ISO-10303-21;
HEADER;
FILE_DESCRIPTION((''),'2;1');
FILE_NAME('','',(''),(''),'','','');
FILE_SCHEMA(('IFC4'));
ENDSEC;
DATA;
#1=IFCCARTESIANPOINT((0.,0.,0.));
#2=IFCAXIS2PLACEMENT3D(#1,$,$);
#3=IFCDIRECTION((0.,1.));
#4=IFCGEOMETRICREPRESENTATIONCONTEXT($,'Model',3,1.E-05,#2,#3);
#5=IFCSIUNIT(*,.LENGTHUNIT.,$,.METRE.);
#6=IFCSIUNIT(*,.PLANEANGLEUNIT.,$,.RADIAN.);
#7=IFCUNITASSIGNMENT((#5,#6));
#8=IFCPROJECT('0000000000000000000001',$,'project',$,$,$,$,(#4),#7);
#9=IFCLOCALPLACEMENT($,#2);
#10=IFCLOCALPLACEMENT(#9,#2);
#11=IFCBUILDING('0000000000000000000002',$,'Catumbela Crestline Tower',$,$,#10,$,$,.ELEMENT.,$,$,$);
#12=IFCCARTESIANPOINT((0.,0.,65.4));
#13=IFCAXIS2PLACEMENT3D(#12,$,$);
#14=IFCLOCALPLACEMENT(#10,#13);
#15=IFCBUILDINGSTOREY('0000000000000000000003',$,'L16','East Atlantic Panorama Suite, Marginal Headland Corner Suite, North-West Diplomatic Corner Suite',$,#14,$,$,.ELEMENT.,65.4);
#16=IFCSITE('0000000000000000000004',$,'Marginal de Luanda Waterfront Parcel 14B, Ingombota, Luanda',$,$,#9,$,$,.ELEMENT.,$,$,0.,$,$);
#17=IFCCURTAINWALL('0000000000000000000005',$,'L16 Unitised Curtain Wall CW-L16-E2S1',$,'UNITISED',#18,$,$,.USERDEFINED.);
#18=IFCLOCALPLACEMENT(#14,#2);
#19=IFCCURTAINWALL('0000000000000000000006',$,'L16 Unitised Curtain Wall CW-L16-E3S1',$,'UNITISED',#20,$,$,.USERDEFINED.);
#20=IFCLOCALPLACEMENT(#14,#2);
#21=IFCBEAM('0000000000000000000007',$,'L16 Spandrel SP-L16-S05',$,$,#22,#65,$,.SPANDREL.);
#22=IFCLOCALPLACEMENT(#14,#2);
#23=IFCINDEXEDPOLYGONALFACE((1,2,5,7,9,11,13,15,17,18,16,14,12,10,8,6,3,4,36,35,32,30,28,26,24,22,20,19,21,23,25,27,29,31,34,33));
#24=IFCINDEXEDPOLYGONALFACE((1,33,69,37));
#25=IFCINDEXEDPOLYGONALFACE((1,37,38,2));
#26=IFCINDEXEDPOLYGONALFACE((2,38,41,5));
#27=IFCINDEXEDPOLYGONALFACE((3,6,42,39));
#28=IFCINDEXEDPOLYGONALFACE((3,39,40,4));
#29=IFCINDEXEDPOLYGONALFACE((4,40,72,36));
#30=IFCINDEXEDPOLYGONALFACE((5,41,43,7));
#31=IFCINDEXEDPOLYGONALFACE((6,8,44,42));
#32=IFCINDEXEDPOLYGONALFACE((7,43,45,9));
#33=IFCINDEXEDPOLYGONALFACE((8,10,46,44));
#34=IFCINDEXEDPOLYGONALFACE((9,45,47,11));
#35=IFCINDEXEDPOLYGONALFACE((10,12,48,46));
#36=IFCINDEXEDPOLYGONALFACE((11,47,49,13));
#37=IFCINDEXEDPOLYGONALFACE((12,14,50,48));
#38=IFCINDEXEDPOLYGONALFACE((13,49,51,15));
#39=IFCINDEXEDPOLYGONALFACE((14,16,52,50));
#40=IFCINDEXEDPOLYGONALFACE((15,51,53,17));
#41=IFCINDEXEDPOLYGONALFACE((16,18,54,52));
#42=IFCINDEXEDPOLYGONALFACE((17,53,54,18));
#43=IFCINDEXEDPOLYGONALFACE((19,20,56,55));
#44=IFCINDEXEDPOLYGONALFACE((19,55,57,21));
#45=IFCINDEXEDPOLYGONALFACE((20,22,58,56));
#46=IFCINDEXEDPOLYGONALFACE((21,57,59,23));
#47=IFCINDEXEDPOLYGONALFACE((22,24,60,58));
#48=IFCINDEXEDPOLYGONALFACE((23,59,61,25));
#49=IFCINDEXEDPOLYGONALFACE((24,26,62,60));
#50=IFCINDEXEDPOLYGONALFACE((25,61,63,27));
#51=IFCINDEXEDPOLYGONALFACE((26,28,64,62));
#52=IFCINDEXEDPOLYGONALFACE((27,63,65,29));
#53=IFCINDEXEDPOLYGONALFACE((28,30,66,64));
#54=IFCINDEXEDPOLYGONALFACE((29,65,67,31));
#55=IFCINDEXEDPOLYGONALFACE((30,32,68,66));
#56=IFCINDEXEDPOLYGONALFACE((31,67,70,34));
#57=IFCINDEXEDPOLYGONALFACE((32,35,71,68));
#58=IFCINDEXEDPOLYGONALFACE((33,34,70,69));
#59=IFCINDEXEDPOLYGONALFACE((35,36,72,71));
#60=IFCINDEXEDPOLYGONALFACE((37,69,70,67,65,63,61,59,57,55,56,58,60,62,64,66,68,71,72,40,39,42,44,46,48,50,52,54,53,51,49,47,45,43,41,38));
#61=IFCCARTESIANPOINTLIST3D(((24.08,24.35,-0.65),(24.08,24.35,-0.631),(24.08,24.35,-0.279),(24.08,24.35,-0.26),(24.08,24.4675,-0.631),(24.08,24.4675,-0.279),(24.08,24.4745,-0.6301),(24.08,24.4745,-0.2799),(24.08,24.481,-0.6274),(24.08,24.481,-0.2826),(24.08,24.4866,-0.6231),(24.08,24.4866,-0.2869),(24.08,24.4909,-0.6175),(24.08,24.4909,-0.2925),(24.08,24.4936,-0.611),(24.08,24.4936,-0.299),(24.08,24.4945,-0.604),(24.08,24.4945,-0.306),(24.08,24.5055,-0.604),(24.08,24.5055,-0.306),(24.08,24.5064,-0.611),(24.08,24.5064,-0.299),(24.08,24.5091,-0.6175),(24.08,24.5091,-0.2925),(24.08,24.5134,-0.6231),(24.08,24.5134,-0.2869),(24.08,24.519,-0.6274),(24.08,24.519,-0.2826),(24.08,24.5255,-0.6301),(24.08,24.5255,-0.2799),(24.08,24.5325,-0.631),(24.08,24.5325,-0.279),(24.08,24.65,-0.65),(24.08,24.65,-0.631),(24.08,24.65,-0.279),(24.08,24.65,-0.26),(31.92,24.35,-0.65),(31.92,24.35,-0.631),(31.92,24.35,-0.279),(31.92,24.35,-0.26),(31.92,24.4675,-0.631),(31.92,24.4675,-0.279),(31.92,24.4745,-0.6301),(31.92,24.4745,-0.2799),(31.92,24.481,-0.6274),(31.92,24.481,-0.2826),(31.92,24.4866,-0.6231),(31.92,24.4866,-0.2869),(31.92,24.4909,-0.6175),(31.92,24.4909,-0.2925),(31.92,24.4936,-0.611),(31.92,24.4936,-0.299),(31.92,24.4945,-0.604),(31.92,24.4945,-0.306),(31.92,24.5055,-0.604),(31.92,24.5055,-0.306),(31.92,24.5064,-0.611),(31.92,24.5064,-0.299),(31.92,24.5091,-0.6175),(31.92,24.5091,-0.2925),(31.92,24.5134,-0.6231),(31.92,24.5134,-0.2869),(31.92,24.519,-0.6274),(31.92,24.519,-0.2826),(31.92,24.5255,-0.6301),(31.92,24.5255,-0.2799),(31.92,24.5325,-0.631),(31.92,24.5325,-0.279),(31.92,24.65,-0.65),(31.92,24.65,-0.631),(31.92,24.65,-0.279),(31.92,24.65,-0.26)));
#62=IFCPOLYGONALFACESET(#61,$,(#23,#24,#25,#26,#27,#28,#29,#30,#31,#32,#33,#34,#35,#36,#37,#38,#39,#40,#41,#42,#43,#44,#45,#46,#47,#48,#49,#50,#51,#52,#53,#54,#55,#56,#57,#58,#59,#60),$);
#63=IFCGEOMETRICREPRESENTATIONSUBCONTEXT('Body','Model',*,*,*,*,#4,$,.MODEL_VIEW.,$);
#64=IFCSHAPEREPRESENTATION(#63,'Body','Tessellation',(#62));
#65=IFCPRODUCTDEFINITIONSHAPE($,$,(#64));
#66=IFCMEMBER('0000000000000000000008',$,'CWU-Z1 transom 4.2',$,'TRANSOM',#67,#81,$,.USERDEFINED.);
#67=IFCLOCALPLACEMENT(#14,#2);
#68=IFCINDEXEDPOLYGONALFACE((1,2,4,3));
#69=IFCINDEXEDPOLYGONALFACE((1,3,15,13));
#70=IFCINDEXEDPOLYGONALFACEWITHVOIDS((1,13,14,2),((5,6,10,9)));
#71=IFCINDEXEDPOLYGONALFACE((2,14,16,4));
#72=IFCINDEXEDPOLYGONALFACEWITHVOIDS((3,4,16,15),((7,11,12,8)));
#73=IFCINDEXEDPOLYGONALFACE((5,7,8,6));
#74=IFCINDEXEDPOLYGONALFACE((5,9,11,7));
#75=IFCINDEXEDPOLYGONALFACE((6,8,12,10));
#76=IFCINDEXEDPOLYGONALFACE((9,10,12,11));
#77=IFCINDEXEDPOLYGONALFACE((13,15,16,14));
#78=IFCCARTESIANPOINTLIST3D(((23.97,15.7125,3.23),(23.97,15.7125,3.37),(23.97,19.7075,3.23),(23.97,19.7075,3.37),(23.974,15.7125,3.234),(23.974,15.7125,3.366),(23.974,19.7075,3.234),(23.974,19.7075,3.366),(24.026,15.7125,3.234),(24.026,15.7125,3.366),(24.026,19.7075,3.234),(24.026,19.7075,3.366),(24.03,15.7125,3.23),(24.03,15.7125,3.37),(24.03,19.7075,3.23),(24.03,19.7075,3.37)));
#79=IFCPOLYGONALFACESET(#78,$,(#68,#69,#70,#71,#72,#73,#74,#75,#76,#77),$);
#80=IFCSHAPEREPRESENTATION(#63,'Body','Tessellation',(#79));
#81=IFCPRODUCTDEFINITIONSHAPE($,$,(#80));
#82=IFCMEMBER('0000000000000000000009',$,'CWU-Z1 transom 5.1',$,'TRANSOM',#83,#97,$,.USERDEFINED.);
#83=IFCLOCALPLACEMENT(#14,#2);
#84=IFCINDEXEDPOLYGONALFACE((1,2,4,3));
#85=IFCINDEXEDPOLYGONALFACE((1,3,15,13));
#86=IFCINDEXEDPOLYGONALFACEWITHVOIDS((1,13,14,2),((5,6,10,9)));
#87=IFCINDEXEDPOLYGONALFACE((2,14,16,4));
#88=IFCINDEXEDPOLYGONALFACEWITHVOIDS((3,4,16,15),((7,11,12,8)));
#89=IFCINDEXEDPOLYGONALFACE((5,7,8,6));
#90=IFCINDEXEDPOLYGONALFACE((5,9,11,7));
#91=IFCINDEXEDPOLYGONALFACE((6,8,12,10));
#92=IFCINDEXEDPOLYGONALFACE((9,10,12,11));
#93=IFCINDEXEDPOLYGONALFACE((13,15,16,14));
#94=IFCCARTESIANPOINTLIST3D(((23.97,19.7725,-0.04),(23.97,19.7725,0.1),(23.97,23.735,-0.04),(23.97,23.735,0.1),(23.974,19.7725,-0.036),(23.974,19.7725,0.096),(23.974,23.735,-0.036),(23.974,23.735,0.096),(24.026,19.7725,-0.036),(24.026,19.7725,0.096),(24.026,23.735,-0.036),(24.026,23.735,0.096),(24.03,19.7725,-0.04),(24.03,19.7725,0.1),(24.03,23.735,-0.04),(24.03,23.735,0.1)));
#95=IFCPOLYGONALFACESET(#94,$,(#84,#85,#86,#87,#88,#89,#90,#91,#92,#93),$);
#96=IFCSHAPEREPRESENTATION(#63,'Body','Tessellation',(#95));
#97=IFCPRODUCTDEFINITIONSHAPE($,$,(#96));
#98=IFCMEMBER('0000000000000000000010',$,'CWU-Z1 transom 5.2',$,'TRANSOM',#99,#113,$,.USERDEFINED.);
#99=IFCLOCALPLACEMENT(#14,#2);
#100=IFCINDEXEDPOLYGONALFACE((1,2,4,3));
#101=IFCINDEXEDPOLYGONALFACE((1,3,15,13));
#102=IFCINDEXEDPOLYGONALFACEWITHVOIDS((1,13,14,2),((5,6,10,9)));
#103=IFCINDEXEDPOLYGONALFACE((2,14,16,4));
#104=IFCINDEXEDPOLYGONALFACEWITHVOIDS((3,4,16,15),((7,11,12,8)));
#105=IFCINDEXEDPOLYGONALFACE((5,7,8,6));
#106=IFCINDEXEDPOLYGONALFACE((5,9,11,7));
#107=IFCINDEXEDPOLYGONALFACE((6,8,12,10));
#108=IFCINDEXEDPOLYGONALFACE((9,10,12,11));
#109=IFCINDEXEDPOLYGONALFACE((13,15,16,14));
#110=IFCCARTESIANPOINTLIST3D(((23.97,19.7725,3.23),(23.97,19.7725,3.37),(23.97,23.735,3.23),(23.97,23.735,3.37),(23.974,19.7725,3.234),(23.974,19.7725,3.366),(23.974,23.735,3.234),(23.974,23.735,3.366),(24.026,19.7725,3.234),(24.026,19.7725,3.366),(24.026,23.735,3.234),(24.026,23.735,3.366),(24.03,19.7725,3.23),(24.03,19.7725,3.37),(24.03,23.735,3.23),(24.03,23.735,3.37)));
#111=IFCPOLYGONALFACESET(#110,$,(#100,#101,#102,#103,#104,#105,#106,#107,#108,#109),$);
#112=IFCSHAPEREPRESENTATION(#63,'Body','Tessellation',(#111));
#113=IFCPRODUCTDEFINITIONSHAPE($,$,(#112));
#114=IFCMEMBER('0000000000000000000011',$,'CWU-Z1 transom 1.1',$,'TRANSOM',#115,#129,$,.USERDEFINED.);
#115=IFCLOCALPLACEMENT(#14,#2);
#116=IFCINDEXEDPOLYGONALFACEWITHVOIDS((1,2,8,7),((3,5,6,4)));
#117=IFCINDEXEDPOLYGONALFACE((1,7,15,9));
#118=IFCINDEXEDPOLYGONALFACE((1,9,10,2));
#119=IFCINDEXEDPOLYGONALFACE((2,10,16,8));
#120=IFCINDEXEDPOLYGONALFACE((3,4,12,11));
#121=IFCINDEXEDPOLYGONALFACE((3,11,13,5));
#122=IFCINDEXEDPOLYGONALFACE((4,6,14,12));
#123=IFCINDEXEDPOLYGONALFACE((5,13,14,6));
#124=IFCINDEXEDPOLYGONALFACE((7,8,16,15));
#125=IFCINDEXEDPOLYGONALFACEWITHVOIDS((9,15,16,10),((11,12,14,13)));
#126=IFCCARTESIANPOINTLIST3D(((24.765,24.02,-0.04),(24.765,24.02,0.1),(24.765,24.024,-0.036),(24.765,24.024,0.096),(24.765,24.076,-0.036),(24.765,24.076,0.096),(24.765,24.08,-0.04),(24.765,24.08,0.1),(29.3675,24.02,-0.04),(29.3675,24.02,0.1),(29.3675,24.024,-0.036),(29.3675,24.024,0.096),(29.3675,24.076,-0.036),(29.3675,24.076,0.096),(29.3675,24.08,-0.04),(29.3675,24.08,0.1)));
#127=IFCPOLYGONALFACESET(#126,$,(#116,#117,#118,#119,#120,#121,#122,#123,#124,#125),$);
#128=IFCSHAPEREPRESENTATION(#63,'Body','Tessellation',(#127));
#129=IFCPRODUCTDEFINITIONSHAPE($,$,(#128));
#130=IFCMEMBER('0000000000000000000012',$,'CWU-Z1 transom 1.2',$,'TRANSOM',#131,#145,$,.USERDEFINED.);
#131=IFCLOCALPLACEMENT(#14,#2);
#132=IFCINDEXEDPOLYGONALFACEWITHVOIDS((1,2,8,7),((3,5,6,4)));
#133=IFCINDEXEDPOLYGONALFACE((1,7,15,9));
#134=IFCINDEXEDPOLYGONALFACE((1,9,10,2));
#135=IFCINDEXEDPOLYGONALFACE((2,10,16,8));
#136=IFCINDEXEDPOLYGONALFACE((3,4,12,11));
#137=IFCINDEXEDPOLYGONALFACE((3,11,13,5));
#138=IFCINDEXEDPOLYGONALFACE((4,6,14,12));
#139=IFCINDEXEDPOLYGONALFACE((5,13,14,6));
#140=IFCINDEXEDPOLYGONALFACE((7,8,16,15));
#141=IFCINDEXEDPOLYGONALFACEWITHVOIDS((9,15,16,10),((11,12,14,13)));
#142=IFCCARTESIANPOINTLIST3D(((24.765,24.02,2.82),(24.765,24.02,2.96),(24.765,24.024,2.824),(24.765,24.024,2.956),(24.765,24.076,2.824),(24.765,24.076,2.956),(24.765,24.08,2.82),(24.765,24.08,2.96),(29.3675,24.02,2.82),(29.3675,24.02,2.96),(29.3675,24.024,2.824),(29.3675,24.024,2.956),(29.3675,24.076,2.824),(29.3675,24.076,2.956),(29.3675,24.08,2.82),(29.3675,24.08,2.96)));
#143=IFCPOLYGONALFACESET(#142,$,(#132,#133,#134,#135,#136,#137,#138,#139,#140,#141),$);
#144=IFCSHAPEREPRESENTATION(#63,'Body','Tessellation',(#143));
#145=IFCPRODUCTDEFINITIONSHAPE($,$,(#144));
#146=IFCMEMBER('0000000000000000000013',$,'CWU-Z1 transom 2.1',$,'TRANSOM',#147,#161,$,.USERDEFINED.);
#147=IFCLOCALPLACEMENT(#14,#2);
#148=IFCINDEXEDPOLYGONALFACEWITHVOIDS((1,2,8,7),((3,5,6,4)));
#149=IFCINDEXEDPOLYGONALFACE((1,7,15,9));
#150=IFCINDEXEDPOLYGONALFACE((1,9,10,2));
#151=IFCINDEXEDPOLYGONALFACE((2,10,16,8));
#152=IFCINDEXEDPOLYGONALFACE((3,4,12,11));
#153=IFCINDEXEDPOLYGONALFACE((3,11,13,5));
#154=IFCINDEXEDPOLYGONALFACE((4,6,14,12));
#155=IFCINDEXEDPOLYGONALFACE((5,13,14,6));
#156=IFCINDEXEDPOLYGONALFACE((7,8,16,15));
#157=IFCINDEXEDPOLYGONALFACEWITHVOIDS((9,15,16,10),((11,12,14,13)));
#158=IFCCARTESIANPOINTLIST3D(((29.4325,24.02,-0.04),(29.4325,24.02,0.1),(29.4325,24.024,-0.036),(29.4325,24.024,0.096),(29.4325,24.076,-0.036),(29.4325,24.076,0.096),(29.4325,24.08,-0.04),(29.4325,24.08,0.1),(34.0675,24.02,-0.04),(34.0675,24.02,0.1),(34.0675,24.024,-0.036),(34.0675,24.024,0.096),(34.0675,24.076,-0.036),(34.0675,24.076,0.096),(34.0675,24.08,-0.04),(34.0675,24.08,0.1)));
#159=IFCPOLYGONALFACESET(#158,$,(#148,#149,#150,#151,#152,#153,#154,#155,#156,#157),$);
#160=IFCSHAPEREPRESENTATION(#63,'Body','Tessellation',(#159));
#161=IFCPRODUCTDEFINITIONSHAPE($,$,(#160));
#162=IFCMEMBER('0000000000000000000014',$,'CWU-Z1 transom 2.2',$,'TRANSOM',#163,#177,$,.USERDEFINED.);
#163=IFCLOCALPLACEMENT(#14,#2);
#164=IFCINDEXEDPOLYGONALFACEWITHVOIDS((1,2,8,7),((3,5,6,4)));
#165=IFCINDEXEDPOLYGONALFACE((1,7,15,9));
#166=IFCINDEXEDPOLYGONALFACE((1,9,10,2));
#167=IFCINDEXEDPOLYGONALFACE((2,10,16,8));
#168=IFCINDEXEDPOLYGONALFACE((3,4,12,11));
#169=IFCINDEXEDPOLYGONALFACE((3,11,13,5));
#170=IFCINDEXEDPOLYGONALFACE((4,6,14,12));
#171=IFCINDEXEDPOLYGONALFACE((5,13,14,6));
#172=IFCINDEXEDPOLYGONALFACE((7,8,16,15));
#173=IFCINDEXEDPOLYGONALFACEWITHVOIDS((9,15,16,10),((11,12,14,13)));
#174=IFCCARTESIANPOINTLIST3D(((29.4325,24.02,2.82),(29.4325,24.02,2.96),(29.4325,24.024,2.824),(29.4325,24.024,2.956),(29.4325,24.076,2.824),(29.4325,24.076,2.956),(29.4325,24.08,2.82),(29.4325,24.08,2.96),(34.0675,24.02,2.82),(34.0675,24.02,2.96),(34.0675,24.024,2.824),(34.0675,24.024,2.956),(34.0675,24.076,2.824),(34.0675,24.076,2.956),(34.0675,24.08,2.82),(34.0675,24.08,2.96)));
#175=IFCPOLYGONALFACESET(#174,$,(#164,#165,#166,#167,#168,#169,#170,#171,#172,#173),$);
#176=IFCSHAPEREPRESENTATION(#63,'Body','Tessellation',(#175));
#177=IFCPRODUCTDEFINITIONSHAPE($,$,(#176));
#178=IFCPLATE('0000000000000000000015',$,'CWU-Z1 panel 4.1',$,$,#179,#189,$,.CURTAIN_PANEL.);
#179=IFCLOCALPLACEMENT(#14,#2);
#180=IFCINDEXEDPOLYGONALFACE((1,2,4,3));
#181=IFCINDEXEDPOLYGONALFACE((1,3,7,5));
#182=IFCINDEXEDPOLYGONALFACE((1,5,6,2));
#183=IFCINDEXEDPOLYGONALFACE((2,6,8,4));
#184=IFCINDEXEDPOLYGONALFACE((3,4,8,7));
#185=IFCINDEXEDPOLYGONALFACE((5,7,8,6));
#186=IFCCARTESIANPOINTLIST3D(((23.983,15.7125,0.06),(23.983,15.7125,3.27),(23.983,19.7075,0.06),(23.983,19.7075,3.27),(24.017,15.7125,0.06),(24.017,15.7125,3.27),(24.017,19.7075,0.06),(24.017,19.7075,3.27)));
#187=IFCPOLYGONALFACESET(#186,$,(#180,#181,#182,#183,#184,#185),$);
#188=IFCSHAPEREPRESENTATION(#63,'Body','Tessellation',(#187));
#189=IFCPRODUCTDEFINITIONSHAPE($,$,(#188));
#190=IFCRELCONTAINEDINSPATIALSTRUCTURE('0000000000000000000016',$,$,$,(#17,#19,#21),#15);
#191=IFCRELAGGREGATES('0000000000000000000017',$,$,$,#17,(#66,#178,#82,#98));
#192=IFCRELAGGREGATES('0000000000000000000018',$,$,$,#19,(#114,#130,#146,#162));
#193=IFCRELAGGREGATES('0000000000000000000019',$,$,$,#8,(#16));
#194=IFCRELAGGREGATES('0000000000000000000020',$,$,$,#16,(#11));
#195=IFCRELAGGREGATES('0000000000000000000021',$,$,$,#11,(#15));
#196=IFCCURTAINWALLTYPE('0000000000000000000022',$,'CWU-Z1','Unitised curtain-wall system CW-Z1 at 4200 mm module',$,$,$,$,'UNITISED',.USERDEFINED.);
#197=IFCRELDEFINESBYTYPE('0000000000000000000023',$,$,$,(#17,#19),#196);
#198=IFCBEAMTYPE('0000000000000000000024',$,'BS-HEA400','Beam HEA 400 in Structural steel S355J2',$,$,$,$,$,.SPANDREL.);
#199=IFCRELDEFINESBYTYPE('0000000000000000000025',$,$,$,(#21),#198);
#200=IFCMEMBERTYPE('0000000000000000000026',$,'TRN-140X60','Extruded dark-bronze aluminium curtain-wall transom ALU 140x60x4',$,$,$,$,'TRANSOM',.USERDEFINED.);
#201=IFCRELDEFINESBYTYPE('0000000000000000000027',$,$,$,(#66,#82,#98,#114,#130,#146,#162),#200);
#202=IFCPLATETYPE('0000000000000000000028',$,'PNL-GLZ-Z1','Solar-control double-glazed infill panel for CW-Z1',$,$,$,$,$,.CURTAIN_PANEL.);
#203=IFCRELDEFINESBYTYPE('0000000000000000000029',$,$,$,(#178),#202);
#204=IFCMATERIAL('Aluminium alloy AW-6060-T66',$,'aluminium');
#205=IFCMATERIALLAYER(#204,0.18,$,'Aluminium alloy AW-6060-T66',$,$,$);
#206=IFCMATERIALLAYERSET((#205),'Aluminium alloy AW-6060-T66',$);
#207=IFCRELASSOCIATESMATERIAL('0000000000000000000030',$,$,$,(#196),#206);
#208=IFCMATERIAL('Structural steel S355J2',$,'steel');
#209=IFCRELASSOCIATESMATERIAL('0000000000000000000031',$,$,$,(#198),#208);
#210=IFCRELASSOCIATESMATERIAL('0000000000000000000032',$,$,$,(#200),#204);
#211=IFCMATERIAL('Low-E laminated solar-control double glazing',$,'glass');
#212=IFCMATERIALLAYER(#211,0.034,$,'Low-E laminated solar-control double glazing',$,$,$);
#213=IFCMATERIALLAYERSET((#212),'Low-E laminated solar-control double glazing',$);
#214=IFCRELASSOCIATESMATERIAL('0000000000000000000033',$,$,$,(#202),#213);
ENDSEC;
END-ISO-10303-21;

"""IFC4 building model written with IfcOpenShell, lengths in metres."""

from ifc_helpers import new_model, si_unit, direction, frame, origin, origin_2d, place, context, subcontext, project, spatial, rectangle, hollow_rectangle, i_section, extrude, material, layer, layer_set, material_profile, profile_set, type_object, element, aggregate, save


model = new_model("IFC4")

# Units and contexts
model_context = context("Model", 3, precision=1e-05, world=origin(), true_north=direction((0.0, 1.0)))
body_context = subcontext(model_context, "Body", "Model", "MODEL_VIEW")
ifc_project = project(units=[si_unit("LENGTHUNIT", "METRE"), si_unit("PLANEANGLEUNIT", "RADIAN")], contexts=[model_context])

# Site, building, storey
site_placement = place(None, origin())
site = spatial("IfcSite", under=ifc_project, at=site_placement, Name="Marginal de Luanda Waterfront Parcel 14B, Ingombota, Luanda", CompositionType="ELEMENT", RefElevation=0.0)
building_placement = place(site_placement, origin())
building = spatial("IfcBuilding", under=site, at=building_placement, Name="Catumbela Crestline Tower", CompositionType="ELEMENT")
storey_placement = place(building_placement, frame((0.0, 0.0, 65.4)))
storey = spatial("IfcBuildingStorey", under=building, at=storey_placement, Name="L16", Description="East Atlantic Panorama Suite, Marginal Headland Corner Suite, North-West Diplomatic Corner Suite", CompositionType="ELEMENT", Elevation=65.4)

# Shared definitions
ifc_material_1 = material(Name="Structural steel S355J2", Category="steel")

# Curtain walls
ifc_material_2 = material(Name="Aluminium alloy AW-6060-T66", Category="aluminium")
ifc_layer_1 = layer(ifc_material_2, 0.18, Name="Aluminium alloy AW-6060-T66")
ifc_layer_set_1 = layer_set([ifc_layer_1], Name="Aluminium alloy AW-6060-T66")
curtain_wall_type = type_object("IfcCurtainWallType", Name="CWU-Z1", Description="Unitised curtain-wall system CW-Z1 at 4200 mm module", ElementType="UNITISED", PredefinedType="USERDEFINED", material=ifc_layer_set_1)
curtain_wall_1_placement = place(storey_placement, origin())
curtain_wall_1 = element("IfcCurtainWall", 1, at=curtain_wall_1_placement, inside=storey, type_object=curtain_wall_type, Name="L16 Unitised Curtain Wall CW-L16-E2S1", ObjectType="UNITISED", PredefinedType="USERDEFINED")
curtain_wall_2_placement = place(storey_placement, origin())
curtain_wall_2 = element("IfcCurtainWall", 2, at=curtain_wall_2_placement, inside=storey, type_object=curtain_wall_type, Name="L16 Unitised Curtain Wall CW-L16-E3S1", ObjectType="UNITISED", PredefinedType="USERDEFINED")

# Beam
ifc_material_profile_1 = material_profile(ifc_material_1, i_section(OverallWidth=0.3, OverallDepth=0.39, WebThickness=0.011, FlangeThickness=0.019, FilletRadius=0.027, at=origin_2d()), Name="HEA 400")
ifc_profile_set_1 = profile_set([ifc_material_profile_1], Name="Structural steel S355J2")
beam_type_1 = type_object("IfcBeamType", Name="BS-HEA400", Description="Beam HEA 400 in Structural steel S355J2", PredefinedType="SPANDREL", material=ifc_profile_set_1)
beam_1_placement = place(storey_placement, frame((24.08, 24.5, -0.455), z_axis=(1.0, 0.0, 0.0), x_axis=(0.0, 1.0, 0.0)))
element("IfcBeam", 3, at=beam_1_placement, inside=storey, type_object=beam_type_1, Name="L16 Spandrel SP-L16-S05", PredefinedType="SPANDREL", context=body_context, shape_type="SweptSolid", body=[
    extrude(i_section(OverallWidth=0.3, OverallDepth=0.39, WebThickness=0.011, FlangeThickness=0.019, FilletRadius=0.027, at=origin_2d()), origin(), (0.0, 0.0, 1.0), 7.84),
])

# Members
ifc_material_profile_2 = material_profile(ifc_material_2, hollow_rectangle(XDim=0.06, YDim=0.14, WallThickness=0.004, at=origin_2d()), Name="ALU 140x60x4")
ifc_profile_set_2 = profile_set([ifc_material_profile_2], Name="Aluminium alloy AW-6060-T66")
member_type_1 = type_object("IfcMemberType", Name="TRN-140X60", Description="Extruded dark-bronze aluminium curtain-wall transom ALU 140x60x4", ElementType="TRANSOM", PredefinedType="USERDEFINED", material=ifc_profile_set_2)
member_1_placement = place(storey_placement, frame((24.0, 15.7125, 3.3), z_axis=(0.0, 1.0, 0.0), x_axis=(-1.0, 0.0, 0.0)))
member_1 = element("IfcMember", 4, at=member_1_placement, type_object=member_type_1, Name="CWU-Z1 transom 4.2", ObjectType="TRANSOM", PredefinedType="USERDEFINED", context=body_context, shape_type="SweptSolid", body=[
    extrude(hollow_rectangle(XDim=0.06, YDim=0.14, WallThickness=0.004, at=origin_2d()), origin(), (0.0, 0.0, 1.0), 3.995),
])
member_2_placement = place(storey_placement, frame((24.0, 19.7725, 0.03), z_axis=(0.0, 1.0, 0.0), x_axis=(-1.0, 0.0, 0.0)))
member_2 = element("IfcMember", 5, at=member_2_placement, type_object=member_type_1, Name="CWU-Z1 transom 5.1", ObjectType="TRANSOM", PredefinedType="USERDEFINED", context=body_context, shape_type="SweptSolid", body=[
    extrude(hollow_rectangle(XDim=0.06, YDim=0.14, WallThickness=0.004, at=origin_2d()), origin(), (0.0, 0.0, 1.0), 3.9625),
])
member_3_placement = place(storey_placement, frame((24.0, 19.7725, 3.3), z_axis=(0.0, 1.0, 0.0), x_axis=(-1.0, 0.0, 0.0)))
member_3 = element("IfcMember", 6, at=member_3_placement, type_object=member_type_1, Name="CWU-Z1 transom 5.2", ObjectType="TRANSOM", PredefinedType="USERDEFINED", context=body_context, shape_type="SweptSolid", body=[
    extrude(hollow_rectangle(XDim=0.06, YDim=0.14, WallThickness=0.004, at=origin_2d()), origin(), (0.0, 0.0, 1.0), 3.9625),
])
member_4_placement = place(storey_placement, frame((24.765, 24.05, 0.03), z_axis=(1.0, 0.0, 0.0), x_axis=(0.0, 1.0, 0.0)))
member_4 = element("IfcMember", 7, at=member_4_placement, type_object=member_type_1, Name="CWU-Z1 transom 1.1", ObjectType="TRANSOM", PredefinedType="USERDEFINED", context=body_context, shape_type="SweptSolid", body=[
    extrude(hollow_rectangle(XDim=0.06, YDim=0.14, WallThickness=0.004, at=origin_2d()), origin(), (0.0, 0.0, 1.0), 4.6025),
])
member_5_placement = place(storey_placement, frame((24.765, 24.05, 2.89), z_axis=(1.0, 0.0, 0.0), x_axis=(0.0, 1.0, 0.0)))
member_5 = element("IfcMember", 8, at=member_5_placement, type_object=member_type_1, Name="CWU-Z1 transom 1.2", ObjectType="TRANSOM", PredefinedType="USERDEFINED", context=body_context, shape_type="SweptSolid", body=[
    extrude(hollow_rectangle(XDim=0.06, YDim=0.14, WallThickness=0.004, at=origin_2d()), origin(), (0.0, 0.0, 1.0), 4.6025),
])
member_6_placement = place(storey_placement, frame((29.4325, 24.05, 0.03), z_axis=(1.0, 0.0, 0.0), x_axis=(0.0, 1.0, 0.0)))
member_6 = element("IfcMember", 9, at=member_6_placement, type_object=member_type_1, Name="CWU-Z1 transom 2.1", ObjectType="TRANSOM", PredefinedType="USERDEFINED", context=body_context, shape_type="SweptSolid", body=[
    extrude(hollow_rectangle(XDim=0.06, YDim=0.14, WallThickness=0.004, at=origin_2d()), origin(), (0.0, 0.0, 1.0), 4.635),
])
member_7_placement = place(storey_placement, frame((29.4325, 24.05, 2.89), z_axis=(1.0, 0.0, 0.0), x_axis=(0.0, 1.0, 0.0)))
member_7 = element("IfcMember", 10, at=member_7_placement, type_object=member_type_1, Name="CWU-Z1 transom 2.2", ObjectType="TRANSOM", PredefinedType="USERDEFINED", context=body_context, shape_type="SweptSolid", body=[
    extrude(hollow_rectangle(XDim=0.06, YDim=0.14, WallThickness=0.004, at=origin_2d()), origin(), (0.0, 0.0, 1.0), 4.635),
])

# Plate
ifc_material_3 = material(Name="Low-E laminated solar-control double glazing", Category="glass")
ifc_layer_2 = layer(ifc_material_3, 0.034, Name="Low-E laminated solar-control double glazing")
ifc_layer_set_2 = layer_set([ifc_layer_2], Name="Low-E laminated solar-control double glazing")
plate_type = type_object("IfcPlateType", Name="PNL-GLZ-Z1", Description="Solar-control double-glazed infill panel for CW-Z1", PredefinedType="CURTAIN_PANEL", material=ifc_layer_set_2)
plate_1_placement = place(storey_placement, frame((24.0, 17.71, 0.06), z_axis=(0.0, 0.0, 1.0), x_axis=(0.0, 1.0, 0.0)))
plate_1 = element("IfcPlate", 11, at=plate_1_placement, type_object=plate_type, Name="CWU-Z1 panel 4.1", PredefinedType="CURTAIN_PANEL", context=body_context, shape_type="SweptSolid", body=[
    extrude(rectangle(XDim=3.995, YDim=0.034, at=origin_2d()), origin(), (0.0, 0.0, 1.0), 3.21),
])
aggregate(curtain_wall_1, [member_1, plate_1, member_2, member_3])
aggregate(curtain_wall_2, [member_4, member_5, member_6, member_7])

save(model, "model.ifc")
